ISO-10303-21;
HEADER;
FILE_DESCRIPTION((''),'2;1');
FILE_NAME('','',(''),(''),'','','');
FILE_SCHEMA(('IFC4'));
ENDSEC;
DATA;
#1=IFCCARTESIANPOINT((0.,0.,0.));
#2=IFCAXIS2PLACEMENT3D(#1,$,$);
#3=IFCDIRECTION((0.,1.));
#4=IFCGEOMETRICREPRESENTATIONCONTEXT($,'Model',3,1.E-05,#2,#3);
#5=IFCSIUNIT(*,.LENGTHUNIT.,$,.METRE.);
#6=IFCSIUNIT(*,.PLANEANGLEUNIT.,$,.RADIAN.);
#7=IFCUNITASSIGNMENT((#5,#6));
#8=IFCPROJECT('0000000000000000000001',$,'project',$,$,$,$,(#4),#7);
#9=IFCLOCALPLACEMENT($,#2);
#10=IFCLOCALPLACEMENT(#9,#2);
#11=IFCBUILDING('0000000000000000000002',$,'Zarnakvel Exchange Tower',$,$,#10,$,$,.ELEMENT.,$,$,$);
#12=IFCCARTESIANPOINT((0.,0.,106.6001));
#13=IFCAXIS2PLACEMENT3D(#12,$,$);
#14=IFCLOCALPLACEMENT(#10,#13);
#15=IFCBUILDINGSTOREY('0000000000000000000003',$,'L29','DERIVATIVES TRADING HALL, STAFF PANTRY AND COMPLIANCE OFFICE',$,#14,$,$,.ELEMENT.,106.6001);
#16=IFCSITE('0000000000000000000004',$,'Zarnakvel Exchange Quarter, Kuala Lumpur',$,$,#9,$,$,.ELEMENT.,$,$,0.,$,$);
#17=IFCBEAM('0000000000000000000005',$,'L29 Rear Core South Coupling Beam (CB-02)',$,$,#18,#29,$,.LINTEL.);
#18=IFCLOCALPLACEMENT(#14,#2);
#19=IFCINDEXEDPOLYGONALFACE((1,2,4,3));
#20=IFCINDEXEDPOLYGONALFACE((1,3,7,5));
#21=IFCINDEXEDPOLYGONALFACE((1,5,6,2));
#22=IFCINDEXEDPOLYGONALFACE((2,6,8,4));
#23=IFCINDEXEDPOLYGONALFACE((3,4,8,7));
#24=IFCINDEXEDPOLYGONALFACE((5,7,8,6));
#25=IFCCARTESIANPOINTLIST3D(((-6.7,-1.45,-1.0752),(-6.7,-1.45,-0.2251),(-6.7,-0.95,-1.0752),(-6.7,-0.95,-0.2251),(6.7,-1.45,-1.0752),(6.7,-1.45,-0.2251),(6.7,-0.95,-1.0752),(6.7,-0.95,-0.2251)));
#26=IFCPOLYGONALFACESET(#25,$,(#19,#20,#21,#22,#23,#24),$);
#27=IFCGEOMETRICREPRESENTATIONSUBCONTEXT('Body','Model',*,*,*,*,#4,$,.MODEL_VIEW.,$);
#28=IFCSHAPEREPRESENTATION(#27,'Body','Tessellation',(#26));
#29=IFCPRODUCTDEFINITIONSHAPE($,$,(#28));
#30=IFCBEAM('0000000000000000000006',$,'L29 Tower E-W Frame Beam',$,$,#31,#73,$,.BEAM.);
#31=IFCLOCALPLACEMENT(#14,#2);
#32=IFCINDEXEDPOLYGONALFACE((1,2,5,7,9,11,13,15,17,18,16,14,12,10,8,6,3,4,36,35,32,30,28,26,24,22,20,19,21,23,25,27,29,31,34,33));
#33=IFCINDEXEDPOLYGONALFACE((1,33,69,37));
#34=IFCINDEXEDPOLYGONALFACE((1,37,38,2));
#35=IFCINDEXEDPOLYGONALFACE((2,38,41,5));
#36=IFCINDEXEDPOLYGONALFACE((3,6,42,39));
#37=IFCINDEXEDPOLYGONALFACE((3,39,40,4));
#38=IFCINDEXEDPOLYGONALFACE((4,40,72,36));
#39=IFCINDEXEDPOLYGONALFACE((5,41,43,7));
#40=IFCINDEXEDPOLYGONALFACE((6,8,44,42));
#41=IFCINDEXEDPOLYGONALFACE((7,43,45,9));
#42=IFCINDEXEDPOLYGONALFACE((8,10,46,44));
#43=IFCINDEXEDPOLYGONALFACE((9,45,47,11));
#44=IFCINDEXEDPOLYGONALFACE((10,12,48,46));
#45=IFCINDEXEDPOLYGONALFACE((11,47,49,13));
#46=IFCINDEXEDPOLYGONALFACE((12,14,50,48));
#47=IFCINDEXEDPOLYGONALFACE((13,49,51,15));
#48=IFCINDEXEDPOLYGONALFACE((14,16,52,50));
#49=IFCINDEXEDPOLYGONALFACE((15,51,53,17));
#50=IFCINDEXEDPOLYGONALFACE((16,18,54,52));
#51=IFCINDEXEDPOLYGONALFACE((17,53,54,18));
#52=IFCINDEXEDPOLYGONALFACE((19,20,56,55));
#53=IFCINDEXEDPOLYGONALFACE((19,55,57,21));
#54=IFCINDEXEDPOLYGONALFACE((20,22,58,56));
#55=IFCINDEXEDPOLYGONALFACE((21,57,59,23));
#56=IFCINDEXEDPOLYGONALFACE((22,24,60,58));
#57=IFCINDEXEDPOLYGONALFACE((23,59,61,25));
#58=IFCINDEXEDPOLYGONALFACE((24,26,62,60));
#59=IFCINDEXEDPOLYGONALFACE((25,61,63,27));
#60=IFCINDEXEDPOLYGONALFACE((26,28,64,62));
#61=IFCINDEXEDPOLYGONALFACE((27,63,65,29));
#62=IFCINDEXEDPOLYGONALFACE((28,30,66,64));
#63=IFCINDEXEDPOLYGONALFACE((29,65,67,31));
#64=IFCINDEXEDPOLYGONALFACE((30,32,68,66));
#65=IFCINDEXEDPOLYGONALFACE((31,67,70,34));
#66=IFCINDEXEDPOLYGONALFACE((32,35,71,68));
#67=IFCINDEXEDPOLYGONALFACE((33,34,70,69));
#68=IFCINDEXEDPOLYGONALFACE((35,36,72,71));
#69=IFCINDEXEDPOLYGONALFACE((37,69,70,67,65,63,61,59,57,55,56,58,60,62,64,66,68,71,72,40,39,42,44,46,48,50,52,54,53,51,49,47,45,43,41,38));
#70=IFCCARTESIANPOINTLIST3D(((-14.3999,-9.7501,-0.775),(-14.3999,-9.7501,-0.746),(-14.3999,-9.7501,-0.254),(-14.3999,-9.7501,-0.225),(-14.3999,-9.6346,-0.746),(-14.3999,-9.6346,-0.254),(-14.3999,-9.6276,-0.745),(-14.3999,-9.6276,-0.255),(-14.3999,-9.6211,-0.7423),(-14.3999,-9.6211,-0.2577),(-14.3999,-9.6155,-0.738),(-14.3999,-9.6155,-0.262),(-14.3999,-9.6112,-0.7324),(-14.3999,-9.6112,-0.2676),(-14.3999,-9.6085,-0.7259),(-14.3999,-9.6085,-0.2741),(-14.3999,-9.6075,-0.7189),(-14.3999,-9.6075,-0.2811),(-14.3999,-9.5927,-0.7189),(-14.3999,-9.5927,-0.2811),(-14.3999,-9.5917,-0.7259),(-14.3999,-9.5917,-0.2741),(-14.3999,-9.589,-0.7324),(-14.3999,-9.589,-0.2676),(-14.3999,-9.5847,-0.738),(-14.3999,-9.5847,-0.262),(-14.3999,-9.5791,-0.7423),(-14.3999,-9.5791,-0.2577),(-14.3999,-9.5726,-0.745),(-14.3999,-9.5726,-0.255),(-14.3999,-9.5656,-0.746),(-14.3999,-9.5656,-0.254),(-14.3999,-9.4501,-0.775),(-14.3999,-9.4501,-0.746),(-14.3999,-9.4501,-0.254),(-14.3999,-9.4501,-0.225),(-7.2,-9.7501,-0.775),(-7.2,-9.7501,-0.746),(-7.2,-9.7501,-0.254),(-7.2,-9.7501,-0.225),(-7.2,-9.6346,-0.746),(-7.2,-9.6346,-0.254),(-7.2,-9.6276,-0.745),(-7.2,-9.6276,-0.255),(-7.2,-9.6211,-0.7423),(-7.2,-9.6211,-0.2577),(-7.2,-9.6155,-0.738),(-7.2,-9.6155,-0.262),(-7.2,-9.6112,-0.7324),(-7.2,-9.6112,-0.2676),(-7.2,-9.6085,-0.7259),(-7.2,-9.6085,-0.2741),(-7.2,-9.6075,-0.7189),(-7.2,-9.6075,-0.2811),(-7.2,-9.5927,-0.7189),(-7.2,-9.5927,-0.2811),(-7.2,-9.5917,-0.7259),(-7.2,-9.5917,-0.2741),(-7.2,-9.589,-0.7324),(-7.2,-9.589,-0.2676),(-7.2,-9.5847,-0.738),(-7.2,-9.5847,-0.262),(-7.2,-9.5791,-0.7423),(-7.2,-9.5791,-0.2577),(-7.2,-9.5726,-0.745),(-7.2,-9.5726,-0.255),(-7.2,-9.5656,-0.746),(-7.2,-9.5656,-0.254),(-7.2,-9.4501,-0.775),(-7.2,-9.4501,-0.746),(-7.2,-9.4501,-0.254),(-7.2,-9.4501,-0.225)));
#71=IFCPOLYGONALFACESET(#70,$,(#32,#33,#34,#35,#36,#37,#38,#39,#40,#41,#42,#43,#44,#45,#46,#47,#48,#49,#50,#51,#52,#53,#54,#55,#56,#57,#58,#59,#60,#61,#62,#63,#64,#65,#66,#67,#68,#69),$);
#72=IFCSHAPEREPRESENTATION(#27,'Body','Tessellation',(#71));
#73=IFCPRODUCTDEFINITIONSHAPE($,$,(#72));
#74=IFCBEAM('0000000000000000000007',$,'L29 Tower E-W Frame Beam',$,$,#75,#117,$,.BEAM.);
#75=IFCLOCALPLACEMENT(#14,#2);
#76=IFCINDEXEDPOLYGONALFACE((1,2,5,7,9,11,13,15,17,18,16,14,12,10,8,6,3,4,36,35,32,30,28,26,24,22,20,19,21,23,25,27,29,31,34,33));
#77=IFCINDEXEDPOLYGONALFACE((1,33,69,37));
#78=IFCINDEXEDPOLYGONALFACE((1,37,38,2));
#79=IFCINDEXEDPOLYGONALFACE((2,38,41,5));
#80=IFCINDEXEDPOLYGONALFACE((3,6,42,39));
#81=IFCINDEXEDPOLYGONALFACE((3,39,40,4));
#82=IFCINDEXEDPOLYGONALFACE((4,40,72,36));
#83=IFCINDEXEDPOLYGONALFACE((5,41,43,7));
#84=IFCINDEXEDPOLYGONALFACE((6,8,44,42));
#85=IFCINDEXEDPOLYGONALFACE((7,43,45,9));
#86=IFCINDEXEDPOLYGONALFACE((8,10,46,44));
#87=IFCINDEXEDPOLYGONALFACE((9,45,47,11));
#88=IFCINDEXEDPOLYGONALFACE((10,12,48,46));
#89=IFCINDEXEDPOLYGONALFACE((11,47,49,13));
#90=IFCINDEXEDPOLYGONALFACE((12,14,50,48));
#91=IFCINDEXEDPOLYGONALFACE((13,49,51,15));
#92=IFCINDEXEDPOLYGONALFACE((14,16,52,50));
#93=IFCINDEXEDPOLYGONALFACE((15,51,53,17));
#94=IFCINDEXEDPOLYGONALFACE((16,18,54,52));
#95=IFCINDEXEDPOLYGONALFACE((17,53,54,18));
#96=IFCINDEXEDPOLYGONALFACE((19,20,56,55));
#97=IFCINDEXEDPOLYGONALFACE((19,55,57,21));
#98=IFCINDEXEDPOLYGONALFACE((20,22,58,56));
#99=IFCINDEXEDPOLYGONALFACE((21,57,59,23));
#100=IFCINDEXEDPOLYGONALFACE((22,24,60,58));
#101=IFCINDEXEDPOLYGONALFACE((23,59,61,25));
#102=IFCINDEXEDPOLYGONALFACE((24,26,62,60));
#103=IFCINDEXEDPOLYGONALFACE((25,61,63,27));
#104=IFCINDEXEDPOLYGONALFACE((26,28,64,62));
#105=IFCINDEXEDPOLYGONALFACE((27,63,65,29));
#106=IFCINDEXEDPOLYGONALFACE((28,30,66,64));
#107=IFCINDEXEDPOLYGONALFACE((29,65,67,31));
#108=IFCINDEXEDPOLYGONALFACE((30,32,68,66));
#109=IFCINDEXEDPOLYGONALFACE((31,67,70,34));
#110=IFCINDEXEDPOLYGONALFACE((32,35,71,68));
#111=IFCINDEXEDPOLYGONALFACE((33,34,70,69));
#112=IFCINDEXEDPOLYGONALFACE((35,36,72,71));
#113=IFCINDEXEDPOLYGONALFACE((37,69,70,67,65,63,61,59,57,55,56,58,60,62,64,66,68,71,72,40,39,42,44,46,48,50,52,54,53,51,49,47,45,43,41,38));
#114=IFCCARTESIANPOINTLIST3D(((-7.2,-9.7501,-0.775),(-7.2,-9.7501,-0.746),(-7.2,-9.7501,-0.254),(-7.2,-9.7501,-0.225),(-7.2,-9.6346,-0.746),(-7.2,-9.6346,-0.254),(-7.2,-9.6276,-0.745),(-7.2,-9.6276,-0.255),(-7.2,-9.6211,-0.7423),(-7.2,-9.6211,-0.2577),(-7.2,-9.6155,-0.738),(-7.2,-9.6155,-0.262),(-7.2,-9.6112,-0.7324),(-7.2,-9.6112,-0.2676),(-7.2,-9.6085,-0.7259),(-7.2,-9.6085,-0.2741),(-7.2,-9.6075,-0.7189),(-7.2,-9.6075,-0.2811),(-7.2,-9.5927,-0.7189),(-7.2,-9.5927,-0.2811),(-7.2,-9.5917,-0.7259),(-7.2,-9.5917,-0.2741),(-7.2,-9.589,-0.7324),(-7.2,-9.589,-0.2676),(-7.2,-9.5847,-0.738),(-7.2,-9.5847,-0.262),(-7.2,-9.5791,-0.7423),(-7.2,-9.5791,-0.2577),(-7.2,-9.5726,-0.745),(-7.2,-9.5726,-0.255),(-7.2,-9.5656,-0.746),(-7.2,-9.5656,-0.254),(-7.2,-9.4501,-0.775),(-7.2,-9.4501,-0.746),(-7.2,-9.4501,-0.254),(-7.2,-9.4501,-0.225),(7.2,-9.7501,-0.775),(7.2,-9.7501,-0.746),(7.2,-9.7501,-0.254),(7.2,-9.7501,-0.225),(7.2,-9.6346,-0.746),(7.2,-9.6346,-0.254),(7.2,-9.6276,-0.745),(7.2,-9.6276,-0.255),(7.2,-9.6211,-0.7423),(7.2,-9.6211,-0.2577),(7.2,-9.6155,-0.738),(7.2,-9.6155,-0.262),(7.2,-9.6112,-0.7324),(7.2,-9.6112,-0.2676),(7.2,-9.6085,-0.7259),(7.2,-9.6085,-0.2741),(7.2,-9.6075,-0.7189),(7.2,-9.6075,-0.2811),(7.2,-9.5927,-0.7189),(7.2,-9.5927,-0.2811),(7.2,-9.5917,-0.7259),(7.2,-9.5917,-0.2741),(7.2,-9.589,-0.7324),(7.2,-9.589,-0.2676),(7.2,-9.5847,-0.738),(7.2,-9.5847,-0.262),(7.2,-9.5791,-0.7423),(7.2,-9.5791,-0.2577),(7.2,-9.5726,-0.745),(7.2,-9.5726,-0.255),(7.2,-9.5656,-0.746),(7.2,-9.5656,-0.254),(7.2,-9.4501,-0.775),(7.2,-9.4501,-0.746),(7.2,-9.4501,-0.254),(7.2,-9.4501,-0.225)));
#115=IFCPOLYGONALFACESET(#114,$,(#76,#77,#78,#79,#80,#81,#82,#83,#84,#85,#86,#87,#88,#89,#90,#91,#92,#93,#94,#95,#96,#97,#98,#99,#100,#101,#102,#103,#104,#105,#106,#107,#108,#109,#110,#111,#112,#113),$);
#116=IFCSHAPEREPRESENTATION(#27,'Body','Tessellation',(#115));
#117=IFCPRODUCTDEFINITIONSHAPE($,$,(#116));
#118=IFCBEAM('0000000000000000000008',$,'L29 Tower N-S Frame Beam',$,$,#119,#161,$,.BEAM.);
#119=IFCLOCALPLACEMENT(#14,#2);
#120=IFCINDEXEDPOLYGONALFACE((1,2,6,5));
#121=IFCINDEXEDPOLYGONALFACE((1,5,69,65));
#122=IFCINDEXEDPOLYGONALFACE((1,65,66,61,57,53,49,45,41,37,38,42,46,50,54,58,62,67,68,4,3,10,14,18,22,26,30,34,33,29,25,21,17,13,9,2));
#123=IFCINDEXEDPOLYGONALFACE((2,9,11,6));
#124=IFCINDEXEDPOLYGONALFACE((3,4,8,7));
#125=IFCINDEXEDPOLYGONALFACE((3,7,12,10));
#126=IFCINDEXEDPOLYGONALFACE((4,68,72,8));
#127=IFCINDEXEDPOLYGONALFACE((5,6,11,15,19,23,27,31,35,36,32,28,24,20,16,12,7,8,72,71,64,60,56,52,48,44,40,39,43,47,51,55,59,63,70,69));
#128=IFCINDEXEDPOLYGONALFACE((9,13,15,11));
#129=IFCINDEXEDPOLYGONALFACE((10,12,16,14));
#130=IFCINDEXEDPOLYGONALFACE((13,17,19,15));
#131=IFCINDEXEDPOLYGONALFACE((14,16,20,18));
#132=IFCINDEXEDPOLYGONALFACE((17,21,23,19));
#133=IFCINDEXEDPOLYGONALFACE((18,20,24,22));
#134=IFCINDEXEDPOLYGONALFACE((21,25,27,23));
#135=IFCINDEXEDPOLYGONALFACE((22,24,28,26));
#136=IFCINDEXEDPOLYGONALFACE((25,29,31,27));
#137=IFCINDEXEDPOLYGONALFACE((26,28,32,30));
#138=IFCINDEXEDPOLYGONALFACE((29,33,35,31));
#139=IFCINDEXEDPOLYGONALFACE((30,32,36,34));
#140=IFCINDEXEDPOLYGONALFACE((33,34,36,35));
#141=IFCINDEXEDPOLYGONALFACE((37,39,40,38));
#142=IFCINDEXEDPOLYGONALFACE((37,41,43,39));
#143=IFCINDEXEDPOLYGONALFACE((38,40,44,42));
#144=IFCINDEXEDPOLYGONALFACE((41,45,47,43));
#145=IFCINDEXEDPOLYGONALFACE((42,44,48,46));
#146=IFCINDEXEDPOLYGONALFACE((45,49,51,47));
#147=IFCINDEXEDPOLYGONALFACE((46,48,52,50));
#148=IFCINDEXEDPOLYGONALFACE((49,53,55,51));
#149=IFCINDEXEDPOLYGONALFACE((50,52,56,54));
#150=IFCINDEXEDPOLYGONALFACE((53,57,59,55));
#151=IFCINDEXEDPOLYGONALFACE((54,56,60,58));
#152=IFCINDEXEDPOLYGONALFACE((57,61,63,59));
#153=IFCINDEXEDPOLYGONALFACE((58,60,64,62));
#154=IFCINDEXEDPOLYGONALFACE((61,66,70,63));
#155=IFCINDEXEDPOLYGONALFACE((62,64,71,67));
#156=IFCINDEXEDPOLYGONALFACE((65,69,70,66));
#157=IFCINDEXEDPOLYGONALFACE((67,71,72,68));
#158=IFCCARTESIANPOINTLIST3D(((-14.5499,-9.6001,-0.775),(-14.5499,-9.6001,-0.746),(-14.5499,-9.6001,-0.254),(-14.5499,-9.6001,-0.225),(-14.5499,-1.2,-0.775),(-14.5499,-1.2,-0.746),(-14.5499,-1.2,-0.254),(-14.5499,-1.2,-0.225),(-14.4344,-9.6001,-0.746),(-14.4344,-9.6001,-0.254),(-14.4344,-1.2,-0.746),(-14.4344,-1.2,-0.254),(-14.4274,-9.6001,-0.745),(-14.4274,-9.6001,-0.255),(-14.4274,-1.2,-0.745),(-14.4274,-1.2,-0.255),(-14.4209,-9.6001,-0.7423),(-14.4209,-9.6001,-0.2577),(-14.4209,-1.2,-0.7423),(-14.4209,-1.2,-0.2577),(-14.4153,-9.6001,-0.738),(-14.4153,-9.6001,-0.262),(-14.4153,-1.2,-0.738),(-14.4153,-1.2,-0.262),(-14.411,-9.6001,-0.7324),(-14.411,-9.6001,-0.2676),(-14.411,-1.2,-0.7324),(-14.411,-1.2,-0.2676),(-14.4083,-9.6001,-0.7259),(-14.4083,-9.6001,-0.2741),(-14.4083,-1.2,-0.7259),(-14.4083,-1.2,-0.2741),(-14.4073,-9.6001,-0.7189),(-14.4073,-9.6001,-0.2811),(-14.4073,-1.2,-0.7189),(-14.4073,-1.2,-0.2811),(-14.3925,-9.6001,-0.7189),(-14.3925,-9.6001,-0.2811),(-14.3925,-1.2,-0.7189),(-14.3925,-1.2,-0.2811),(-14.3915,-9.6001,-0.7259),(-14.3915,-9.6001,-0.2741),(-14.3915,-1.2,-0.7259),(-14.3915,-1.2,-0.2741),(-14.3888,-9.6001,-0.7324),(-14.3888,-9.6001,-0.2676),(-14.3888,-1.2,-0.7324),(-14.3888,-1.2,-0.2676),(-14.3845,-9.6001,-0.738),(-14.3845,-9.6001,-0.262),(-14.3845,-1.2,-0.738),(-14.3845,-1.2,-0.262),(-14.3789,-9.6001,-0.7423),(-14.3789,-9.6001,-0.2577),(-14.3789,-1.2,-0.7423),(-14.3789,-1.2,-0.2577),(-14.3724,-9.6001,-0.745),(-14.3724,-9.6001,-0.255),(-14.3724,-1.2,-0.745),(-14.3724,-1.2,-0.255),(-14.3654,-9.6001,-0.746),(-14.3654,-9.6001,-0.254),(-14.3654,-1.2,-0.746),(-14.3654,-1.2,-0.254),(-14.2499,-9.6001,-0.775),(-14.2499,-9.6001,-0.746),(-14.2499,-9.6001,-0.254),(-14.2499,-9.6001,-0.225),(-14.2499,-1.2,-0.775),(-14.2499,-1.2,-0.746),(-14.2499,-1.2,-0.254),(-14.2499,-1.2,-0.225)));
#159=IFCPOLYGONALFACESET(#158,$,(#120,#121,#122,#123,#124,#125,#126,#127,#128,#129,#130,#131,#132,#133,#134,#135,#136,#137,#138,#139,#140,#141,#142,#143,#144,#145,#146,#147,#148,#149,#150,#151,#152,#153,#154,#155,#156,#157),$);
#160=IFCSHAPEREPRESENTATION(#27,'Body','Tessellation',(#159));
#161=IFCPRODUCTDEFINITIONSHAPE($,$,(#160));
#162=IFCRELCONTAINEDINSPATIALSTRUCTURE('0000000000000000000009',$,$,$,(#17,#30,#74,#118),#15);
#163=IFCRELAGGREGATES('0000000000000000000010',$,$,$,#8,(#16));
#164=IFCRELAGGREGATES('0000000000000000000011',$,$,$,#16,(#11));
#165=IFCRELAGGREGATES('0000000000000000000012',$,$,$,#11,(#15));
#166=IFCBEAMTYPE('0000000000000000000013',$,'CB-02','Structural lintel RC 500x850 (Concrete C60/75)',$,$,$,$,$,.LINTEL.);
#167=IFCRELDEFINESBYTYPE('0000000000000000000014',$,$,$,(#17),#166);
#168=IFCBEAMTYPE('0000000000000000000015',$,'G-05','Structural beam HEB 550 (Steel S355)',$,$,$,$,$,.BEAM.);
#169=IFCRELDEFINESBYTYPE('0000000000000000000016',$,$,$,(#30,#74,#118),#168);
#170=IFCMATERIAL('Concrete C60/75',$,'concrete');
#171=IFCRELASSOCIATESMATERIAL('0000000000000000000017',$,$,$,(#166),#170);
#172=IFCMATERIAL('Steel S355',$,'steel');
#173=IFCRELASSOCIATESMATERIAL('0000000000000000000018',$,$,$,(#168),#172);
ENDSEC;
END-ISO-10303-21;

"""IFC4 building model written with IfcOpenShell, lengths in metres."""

from ifc_helpers import new_model, si_unit, direction, frame, origin, origin_2d, place, context, subcontext, project, spatial, rectangle, i_section, extrude, material, material_profile, profile_set, type_object, element, save


model = new_model("IFC4")

# Units and contexts
model_context = context("Model", 3, precision=1e-05, world=origin(), true_north=direction((0.0, 1.0)))
body_context = subcontext(model_context, "Body", "Model", "MODEL_VIEW")
ifc_project = project(units=[si_unit("LENGTHUNIT", "METRE"), si_unit("PLANEANGLEUNIT", "RADIAN")], contexts=[model_context])

# Site, building, storey
site_placement = place(None, origin())
site = spatial("IfcSite", under=ifc_project, at=site_placement, Name="Zarnakvel Exchange Quarter, Kuala Lumpur", CompositionType="ELEMENT", RefElevation=0.0)
building_placement = place(site_placement, origin())
building = spatial("IfcBuilding", under=site, at=building_placement, Name="Zarnakvel Exchange Tower", CompositionType="ELEMENT")
storey_placement = place(building_placement, frame((0.0, 0.0, 106.6001)))
storey = spatial("IfcBuildingStorey", under=building, at=storey_placement, Name="L29", Description="DERIVATIVES TRADING HALL, STAFF PANTRY AND COMPLIANCE OFFICE", CompositionType="ELEMENT", Elevation=106.6001)

# Shared definitions
ifc_material_1 = material(Name="Concrete C60/75", Category="concrete")

# Beams
ifc_material_2 = material(Name="Steel S355", Category="steel")
ifc_material_profile_1 = material_profile(ifc_material_1, rectangle(XDim=0.5, YDim=0.8501, at=origin_2d()))
ifc_profile_set_1 = profile_set([ifc_material_profile_1], Name="Concrete C60/75")
beam_type_1 = type_object("IfcBeamType", Name="CB-02", Description="Structural lintel RC 500x850 (Concrete C60/75)", PredefinedType="LINTEL", material=ifc_profile_set_1)
beam_1_placement = place(storey_placement, frame((-6.7, -1.2, -0.6501), z_axis=(1.0, 0.0, 0.0), x_axis=(0.0, 1.0, 0.0)))
element("IfcBeam", 1, at=beam_1_placement, inside=storey, type_object=beam_type_1, Name="L29 Rear Core South Coupling Beam (CB-02)", PredefinedType="LINTEL", context=body_context, shape_type="SweptSolid", body=[
    extrude(rectangle(XDim=0.5, YDim=0.8501, at=origin_2d()), origin(), (0.0, 0.0, 1.0), 13.3999),
])
ifc_material_profile_2 = material_profile(ifc_material_2, i_section(OverallWidth=0.3, OverallDepth=0.55, WebThickness=0.0149, FlangeThickness=0.0291, FilletRadius=0.0271, at=origin_2d()))
ifc_profile_set_2 = profile_set([ifc_material_profile_2], Name="Steel S355")
beam_type_2 = type_object("IfcBeamType", Name="G-05", Description="Structural beam HEB 550 (Steel S355)", PredefinedType="BEAM", material=ifc_profile_set_2)
beam_2_placement = place(storey_placement, frame((-14.3999, -9.6001, -0.5), z_axis=(1.0, 0.0, 0.0), x_axis=(0.0, 1.0, 0.0)))
element("IfcBeam", 2, at=beam_2_placement, inside=storey, type_object=beam_type_2, Name="L29 Tower E-W Frame Beam", PredefinedType="BEAM", context=body_context, shape_type="SweptSolid", body=[
    extrude(i_section(OverallWidth=0.3, OverallDepth=0.55, WebThickness=0.0149, FlangeThickness=0.0291, FilletRadius=0.0271, at=origin_2d()), origin(), (0.0, 0.0, 1.0), 7.2),
])
beam_3_placement = place(storey_placement, frame((-7.2, -9.6001, -0.5), z_axis=(1.0, 0.0, 0.0), x_axis=(0.0, 1.0, 0.0)))
element("IfcBeam", 3, at=beam_3_placement, inside=storey, type_object=beam_type_2, Name="L29 Tower E-W Frame Beam", PredefinedType="BEAM", context=body_context, shape_type="SweptSolid", body=[
    extrude(i_section(OverallWidth=0.3, OverallDepth=0.55, WebThickness=0.0149, FlangeThickness=0.0291, FilletRadius=0.0271, at=origin_2d()), origin(), (0.0, 0.0, 1.0), 14.3999),
])
for number, where, z_axis, x_axis, name in (
    (4, (-14.3999, -9.6001, -0.5), (0.0, 1.0, 0.0), (-1.0, 0.0, 0.0), "L29 Tower N-S Frame Beam"),
):
    element("IfcBeam", number, at=place(storey_placement, frame(where, z_axis=z_axis, x_axis=x_axis)), inside=storey, type_object=beam_type_2, Name=name, PredefinedType="BEAM", context=body_context, shape_type="SweptSolid", body=[
        extrude(i_section(OverallWidth=0.3, OverallDepth=0.55, WebThickness=0.0149, FlangeThickness=0.0291, FilletRadius=0.0271, at=origin_2d()), origin(), (0.0, 0.0, 1.0), 8.4001),
    ])

save(model, "model.ifc")
